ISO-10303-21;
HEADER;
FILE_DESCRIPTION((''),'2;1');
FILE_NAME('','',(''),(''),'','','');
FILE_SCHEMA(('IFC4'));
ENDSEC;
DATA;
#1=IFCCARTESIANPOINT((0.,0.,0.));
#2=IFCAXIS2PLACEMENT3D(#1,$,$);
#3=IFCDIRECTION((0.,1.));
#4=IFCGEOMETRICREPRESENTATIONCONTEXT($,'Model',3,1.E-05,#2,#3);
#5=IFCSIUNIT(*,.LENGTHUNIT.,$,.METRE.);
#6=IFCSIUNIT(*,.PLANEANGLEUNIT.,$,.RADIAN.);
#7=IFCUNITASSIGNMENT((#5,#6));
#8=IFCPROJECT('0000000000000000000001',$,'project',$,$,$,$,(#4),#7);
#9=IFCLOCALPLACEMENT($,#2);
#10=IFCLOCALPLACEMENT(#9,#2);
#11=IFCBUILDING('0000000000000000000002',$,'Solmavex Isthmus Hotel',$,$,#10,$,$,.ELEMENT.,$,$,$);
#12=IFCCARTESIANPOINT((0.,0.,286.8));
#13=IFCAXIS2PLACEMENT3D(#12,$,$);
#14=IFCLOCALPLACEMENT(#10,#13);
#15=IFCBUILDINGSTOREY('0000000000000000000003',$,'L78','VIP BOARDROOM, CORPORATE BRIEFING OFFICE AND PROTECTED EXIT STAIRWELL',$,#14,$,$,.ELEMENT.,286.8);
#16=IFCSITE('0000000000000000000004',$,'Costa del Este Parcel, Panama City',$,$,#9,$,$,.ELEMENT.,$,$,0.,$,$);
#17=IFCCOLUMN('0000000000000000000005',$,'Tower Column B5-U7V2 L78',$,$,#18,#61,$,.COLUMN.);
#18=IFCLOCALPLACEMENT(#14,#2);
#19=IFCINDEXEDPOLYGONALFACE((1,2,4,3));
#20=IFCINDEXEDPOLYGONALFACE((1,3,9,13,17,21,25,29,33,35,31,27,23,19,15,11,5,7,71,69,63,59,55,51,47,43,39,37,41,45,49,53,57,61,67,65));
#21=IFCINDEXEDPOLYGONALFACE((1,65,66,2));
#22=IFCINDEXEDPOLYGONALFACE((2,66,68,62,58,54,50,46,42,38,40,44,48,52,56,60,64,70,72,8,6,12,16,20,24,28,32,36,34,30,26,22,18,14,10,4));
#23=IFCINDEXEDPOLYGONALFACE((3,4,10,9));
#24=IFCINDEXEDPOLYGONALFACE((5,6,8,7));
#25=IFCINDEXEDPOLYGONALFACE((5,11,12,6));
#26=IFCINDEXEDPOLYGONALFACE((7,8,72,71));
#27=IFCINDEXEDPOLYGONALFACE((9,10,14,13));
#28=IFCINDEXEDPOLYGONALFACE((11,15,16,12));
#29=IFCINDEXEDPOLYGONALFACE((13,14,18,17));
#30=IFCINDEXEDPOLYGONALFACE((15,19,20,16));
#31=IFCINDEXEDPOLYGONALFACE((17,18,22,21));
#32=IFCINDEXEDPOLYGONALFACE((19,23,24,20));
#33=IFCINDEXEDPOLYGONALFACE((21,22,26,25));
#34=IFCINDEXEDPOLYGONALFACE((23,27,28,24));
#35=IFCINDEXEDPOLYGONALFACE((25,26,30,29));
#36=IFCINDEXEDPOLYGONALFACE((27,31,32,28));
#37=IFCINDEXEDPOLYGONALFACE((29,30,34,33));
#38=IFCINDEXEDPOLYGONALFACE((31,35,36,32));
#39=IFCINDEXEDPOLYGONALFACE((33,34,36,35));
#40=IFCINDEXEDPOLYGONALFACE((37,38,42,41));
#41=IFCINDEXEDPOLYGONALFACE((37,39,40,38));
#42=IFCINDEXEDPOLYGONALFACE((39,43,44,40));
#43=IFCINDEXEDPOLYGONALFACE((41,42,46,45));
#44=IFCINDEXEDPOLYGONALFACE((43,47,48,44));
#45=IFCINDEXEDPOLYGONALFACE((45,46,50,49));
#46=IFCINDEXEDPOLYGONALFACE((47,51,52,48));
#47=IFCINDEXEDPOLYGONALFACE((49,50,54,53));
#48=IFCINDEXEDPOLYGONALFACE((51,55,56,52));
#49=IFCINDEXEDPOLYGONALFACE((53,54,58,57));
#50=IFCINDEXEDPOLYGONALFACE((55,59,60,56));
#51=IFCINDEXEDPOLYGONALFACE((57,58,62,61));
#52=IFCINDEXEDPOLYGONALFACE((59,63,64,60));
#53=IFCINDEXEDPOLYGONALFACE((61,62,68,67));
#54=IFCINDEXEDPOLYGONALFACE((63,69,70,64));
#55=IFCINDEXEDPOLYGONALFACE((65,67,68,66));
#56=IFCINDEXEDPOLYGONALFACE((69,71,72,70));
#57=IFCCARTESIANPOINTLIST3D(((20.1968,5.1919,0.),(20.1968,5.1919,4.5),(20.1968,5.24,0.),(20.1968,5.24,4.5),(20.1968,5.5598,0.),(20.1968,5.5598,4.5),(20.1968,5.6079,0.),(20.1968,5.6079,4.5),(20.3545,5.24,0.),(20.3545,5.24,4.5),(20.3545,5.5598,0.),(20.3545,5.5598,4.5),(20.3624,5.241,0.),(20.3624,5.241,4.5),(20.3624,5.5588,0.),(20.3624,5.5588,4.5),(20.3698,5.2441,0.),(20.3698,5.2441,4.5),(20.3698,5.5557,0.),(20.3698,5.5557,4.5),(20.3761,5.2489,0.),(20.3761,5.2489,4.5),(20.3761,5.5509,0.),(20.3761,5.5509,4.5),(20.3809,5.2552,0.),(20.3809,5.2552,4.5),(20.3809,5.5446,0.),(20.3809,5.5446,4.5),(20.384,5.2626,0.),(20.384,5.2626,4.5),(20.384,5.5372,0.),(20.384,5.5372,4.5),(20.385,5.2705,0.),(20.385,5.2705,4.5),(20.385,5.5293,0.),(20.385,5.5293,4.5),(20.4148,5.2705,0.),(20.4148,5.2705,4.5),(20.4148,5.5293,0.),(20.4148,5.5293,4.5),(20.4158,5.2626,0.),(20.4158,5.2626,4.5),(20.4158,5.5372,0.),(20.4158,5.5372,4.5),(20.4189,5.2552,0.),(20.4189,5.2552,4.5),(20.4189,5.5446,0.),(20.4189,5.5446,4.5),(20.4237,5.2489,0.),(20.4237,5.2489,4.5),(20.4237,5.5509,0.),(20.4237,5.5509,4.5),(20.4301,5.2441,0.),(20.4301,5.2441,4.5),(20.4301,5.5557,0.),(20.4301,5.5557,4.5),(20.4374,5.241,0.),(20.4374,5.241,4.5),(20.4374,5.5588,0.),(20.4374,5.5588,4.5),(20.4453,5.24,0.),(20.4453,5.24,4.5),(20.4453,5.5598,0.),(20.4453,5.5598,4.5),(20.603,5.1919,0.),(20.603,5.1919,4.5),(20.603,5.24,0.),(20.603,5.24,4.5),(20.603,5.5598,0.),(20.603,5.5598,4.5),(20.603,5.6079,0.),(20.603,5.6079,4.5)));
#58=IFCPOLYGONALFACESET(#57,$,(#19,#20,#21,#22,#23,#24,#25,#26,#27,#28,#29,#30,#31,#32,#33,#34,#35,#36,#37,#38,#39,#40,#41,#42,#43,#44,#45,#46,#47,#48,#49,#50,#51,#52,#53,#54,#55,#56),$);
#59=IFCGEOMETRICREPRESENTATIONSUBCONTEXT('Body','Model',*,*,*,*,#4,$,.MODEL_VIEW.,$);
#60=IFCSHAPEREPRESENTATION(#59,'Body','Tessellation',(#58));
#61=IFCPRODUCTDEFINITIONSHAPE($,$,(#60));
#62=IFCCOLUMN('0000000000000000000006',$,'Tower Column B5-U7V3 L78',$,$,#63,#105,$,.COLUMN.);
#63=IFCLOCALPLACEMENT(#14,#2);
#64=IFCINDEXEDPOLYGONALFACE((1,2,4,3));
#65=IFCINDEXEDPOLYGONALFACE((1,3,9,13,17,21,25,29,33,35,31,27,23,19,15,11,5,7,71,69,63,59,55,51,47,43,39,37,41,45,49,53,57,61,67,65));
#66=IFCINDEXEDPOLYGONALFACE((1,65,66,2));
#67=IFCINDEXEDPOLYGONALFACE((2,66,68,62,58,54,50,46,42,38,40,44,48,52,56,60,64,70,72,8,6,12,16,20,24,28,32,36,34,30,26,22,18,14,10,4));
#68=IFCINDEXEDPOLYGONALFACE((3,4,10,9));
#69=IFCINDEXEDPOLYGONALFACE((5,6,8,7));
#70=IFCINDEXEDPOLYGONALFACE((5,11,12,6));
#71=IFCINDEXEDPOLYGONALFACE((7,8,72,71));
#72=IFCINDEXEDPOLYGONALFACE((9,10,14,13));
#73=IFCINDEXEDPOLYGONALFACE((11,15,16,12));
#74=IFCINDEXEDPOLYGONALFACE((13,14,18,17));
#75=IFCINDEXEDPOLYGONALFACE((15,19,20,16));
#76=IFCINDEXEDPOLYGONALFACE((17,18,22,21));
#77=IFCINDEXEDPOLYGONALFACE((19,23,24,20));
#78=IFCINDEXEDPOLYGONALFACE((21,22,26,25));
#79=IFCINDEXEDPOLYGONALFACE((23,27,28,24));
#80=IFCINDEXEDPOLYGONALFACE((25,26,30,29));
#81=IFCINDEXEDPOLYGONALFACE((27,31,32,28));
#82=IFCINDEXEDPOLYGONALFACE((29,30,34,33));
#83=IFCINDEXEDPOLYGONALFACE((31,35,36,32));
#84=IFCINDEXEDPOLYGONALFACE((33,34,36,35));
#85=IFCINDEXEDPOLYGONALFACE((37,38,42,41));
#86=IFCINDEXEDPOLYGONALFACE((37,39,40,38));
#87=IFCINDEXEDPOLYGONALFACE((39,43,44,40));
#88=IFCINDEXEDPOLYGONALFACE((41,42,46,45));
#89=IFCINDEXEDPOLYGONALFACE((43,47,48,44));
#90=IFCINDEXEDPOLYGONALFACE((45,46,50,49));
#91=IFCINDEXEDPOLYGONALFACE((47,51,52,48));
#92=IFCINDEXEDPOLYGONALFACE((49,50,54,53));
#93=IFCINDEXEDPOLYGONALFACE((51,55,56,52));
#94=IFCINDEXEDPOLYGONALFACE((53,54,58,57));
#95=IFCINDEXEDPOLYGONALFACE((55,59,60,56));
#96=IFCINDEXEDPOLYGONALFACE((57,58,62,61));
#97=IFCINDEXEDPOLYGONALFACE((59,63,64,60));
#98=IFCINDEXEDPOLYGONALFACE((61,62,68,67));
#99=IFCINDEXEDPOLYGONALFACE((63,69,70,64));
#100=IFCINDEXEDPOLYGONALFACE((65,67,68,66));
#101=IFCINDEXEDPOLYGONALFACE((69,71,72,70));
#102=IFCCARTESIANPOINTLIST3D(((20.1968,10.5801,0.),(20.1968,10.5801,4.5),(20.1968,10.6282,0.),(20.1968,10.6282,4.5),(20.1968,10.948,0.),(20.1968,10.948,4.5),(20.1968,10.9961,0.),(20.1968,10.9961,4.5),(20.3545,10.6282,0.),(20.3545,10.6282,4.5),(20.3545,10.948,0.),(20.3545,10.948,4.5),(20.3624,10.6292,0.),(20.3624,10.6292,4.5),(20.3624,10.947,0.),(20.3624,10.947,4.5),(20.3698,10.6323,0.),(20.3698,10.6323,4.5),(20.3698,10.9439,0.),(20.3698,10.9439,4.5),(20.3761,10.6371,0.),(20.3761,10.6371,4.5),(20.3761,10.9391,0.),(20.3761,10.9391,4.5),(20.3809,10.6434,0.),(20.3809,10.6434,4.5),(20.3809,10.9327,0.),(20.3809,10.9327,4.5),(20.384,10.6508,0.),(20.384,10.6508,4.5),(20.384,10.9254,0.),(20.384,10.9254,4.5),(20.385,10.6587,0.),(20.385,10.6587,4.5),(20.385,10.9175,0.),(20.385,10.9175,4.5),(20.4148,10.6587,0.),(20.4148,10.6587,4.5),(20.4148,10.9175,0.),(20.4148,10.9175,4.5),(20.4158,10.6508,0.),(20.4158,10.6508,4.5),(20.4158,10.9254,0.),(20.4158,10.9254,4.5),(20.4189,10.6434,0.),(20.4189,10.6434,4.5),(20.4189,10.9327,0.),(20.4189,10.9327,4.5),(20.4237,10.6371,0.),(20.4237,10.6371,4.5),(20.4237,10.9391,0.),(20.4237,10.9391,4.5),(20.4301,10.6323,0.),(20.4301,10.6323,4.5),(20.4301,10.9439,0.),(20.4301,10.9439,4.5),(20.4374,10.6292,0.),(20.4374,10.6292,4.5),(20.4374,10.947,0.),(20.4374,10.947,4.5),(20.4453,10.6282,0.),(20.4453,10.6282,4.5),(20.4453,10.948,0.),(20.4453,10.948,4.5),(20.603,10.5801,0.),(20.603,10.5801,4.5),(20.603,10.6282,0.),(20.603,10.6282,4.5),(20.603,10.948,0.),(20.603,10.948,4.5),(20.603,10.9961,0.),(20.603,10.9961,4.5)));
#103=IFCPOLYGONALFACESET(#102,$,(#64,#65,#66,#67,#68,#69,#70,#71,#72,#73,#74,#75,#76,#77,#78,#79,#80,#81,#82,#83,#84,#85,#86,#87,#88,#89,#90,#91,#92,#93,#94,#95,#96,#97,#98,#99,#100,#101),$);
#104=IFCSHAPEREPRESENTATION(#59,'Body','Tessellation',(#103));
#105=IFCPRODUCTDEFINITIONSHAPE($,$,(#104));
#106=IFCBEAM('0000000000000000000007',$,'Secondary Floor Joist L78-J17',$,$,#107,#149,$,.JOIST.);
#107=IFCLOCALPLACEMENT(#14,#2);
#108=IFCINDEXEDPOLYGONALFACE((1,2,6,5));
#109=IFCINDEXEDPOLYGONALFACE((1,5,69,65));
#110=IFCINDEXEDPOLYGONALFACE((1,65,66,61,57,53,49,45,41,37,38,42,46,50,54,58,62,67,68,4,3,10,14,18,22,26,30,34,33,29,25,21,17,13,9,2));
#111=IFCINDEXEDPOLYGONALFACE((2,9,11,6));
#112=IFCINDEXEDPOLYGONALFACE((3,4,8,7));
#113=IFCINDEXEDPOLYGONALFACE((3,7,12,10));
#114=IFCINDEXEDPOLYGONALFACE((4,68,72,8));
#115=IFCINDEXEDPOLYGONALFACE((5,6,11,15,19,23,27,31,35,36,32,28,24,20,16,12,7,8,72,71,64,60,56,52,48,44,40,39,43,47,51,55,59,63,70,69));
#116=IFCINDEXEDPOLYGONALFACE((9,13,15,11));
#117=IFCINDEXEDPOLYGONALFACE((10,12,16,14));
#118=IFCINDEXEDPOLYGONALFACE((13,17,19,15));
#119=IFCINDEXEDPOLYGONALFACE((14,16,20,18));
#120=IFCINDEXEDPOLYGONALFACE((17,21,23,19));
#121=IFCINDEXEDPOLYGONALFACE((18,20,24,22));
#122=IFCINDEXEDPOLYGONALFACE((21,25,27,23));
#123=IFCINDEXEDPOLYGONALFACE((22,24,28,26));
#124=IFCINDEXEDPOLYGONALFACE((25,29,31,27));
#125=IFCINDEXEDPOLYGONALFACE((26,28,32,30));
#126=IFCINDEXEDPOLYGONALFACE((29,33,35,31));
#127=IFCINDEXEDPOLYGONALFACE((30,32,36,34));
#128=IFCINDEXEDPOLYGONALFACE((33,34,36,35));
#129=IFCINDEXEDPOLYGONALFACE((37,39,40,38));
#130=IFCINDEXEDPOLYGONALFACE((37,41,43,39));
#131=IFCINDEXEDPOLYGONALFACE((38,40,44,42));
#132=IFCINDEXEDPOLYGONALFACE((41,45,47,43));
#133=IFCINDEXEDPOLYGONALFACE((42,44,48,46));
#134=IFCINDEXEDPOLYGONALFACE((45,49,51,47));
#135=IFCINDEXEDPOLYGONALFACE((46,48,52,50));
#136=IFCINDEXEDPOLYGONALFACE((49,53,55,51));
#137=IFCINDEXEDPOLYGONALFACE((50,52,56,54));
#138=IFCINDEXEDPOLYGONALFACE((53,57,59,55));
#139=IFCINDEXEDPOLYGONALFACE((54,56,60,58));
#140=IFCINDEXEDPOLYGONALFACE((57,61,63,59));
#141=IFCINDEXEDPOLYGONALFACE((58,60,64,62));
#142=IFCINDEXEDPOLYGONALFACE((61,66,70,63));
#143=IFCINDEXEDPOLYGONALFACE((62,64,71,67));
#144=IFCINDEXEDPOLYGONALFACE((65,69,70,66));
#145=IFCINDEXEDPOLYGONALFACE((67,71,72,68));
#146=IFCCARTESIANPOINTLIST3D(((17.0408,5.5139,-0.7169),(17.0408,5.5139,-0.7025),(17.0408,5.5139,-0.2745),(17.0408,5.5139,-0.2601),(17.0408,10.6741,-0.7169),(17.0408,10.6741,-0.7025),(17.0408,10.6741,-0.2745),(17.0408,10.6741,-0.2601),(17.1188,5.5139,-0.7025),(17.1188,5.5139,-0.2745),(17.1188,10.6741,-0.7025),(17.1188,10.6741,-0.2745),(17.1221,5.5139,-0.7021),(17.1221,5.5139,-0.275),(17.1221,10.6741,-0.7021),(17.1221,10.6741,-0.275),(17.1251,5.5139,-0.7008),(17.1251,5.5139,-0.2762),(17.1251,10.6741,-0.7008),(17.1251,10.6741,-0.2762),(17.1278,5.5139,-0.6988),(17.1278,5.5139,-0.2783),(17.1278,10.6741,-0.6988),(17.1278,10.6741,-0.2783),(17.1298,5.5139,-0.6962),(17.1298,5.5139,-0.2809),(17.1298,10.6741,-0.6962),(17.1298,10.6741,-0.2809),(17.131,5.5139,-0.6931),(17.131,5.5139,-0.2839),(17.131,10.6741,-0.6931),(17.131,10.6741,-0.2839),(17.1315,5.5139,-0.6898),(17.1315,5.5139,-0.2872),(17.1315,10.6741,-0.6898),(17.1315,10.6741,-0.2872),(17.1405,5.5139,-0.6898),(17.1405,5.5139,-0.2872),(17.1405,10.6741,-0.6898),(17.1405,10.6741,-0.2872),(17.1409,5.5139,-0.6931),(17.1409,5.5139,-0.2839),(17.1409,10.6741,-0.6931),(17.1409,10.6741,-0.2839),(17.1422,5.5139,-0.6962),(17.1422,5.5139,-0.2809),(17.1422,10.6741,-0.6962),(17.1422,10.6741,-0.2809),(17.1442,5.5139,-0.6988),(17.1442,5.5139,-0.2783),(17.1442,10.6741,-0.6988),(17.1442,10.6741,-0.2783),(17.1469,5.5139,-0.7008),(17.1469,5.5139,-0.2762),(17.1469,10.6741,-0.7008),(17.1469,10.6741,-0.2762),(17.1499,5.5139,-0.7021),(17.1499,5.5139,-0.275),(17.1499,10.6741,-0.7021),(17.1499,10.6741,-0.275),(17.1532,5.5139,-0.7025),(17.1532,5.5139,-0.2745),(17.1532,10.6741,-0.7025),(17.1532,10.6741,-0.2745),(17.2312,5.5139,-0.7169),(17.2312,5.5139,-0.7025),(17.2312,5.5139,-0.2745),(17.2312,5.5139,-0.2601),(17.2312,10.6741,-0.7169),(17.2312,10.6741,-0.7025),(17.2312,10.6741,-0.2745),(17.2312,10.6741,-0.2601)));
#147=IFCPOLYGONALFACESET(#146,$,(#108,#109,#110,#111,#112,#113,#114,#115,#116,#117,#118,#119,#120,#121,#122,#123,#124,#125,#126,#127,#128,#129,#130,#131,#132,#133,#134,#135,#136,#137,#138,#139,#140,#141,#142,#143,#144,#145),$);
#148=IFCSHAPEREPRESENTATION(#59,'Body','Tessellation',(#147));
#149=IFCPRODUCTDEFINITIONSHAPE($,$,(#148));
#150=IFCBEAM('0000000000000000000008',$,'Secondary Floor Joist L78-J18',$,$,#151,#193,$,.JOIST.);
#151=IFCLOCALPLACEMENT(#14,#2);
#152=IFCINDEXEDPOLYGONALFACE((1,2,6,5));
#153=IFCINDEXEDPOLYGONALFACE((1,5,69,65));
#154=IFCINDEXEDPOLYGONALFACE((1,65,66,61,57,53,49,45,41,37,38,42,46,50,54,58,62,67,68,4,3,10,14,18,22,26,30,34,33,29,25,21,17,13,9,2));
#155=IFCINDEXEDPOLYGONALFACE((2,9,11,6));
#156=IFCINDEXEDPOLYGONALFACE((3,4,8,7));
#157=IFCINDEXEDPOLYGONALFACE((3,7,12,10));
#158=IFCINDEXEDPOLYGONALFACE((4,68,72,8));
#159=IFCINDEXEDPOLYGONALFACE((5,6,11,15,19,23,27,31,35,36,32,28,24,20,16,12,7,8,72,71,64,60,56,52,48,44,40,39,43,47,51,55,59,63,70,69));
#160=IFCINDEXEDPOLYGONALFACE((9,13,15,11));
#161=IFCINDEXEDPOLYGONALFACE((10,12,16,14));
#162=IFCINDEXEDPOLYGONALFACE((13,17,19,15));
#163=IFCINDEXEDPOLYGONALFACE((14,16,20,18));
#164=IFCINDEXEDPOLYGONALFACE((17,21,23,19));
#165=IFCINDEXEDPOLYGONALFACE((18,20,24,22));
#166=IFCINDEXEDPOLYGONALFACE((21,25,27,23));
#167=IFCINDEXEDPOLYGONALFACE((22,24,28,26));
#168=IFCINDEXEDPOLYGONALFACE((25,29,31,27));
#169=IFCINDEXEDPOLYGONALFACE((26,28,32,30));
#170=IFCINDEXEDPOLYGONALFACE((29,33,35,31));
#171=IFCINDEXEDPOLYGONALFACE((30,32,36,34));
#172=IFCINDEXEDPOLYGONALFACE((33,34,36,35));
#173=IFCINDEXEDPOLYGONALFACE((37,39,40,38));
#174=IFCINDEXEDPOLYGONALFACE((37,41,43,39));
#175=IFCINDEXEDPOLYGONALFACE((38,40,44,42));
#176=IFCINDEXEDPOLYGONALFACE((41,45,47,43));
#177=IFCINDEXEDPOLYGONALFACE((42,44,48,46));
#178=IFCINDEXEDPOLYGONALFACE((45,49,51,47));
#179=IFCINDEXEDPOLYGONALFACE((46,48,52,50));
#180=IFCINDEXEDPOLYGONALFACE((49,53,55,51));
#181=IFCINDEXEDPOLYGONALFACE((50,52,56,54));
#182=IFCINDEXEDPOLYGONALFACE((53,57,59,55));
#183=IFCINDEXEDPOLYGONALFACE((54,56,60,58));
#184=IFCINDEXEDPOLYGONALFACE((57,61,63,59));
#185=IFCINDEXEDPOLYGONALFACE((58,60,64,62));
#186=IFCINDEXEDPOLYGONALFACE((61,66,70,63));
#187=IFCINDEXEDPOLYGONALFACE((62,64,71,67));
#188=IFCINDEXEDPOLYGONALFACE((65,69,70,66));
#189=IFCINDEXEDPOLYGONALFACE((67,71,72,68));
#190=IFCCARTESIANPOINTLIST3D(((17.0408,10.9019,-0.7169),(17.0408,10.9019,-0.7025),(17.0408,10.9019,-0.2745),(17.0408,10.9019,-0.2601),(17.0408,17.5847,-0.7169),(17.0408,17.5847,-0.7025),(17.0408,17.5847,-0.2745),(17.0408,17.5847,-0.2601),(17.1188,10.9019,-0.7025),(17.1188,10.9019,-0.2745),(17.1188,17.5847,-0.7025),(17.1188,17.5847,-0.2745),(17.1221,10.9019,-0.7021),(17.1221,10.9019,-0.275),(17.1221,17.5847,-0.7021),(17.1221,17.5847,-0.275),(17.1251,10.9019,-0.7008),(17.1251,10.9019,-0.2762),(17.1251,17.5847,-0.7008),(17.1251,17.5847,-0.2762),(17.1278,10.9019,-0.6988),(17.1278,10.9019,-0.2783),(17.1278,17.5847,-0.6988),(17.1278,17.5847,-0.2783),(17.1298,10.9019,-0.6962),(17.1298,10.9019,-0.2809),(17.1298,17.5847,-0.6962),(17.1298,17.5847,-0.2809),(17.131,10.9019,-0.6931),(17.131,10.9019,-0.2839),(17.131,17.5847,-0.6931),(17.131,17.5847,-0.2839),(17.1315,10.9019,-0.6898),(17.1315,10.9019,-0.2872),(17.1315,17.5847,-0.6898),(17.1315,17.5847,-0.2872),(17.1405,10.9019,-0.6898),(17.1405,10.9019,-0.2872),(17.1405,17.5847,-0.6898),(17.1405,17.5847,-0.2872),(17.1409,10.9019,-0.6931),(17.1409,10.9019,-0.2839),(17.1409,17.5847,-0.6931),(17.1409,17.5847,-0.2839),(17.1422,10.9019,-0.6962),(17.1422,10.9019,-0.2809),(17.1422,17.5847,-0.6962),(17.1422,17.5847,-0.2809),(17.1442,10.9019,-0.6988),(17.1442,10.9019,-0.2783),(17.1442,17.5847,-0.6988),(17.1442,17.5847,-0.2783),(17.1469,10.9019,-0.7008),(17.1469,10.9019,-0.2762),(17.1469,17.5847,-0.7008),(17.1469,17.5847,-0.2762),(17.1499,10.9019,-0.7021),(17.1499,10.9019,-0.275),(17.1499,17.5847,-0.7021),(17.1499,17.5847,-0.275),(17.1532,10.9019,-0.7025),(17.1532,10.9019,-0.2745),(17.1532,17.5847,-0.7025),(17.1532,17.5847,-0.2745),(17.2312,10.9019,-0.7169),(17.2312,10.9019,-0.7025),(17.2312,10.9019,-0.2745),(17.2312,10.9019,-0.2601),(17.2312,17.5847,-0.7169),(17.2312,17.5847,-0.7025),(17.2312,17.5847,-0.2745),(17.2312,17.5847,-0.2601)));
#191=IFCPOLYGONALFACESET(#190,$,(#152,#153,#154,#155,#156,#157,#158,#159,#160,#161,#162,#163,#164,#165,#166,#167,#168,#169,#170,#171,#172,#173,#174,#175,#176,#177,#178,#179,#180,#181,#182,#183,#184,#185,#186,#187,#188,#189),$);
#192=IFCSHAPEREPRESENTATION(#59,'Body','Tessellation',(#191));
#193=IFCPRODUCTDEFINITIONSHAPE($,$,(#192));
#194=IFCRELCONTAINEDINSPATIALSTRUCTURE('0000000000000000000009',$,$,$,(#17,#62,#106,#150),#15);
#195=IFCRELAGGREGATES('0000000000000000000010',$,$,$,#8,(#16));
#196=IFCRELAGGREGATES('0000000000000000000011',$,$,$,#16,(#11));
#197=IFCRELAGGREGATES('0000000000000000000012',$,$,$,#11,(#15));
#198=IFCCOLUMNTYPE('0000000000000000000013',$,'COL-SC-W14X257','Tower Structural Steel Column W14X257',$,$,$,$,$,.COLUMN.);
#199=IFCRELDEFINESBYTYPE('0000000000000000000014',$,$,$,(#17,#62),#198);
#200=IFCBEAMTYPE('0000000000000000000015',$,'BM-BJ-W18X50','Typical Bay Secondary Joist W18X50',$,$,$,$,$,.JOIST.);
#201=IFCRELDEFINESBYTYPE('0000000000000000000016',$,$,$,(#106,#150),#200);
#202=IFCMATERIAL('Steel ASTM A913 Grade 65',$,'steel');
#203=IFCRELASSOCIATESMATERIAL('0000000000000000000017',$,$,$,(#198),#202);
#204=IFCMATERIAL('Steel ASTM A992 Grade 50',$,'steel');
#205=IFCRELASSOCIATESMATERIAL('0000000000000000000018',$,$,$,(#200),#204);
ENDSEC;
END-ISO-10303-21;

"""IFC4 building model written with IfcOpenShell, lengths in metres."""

from ifc_helpers import new_model, si_unit, direction, frame, origin, origin_2d, place, context, subcontext, project, spatial, i_section, extrude, material, material_profile, profile_set, type_object, element, save


model = new_model("IFC4")

# Units and contexts
model_context = context("Model", 3, precision=1e-05, world=origin(), true_north=direction((0.0, 1.0)))
body_context = subcontext(model_context, "Body", "Model", "MODEL_VIEW")
ifc_project = project(units=[si_unit("LENGTHUNIT", "METRE"), si_unit("PLANEANGLEUNIT", "RADIAN")], contexts=[model_context])

# Site, building, storey
site_placement = place(None, origin())
site = spatial("IfcSite", under=ifc_project, at=site_placement, Name="Costa del Este Parcel, Panama City", CompositionType="ELEMENT", RefElevation=0.0)
building_placement = place(site_placement, origin())
building = spatial("IfcBuilding", under=site, at=building_placement, Name="Solmavex Isthmus Hotel", CompositionType="ELEMENT")
storey_placement = place(building_placement, frame((0.0, 0.0, 286.8)))
storey = spatial("IfcBuildingStorey", under=building, at=storey_placement, Name="L78", Description="VIP BOARDROOM, CORPORATE BRIEFING OFFICE AND PROTECTED EXIT STAIRWELL", CompositionType="ELEMENT", Elevation=286.8)

# Columns
ifc_material_1 = material(Name="Steel ASTM A913 Grade 65", Category="steel")
ifc_material_profile_1 = material_profile(ifc_material_1, i_section(OverallWidth=0.4062, OverallDepth=0.416, WebThickness=0.0298, FlangeThickness=0.0481, FilletRadius=0.0305, at=origin_2d()), Name="W14X257")
ifc_profile_set_1 = profile_set([ifc_material_profile_1], Name="Steel ASTM A913 Grade 65")
column_type = type_object("IfcColumnType", Name="COL-SC-W14X257", Description="Tower Structural Steel Column W14X257", PredefinedType="COLUMN", material=ifc_profile_set_1)
for number, where, z_axis, x_axis, name in (
    (1, (20.3999, 5.3999, 0.0), (0.0, 0.0, 1.0), (1.0, 0.0, 0.0), "Tower Column B5-U7V2 L78"),
    (2, (20.3999, 10.7881, 0.0), (0.0, 0.0, 1.0), (1.0, 0.0, 0.0), "Tower Column B5-U7V3 L78"),
):
    element("IfcColumn", number, at=place(storey_placement, frame(where, z_axis=z_axis, x_axis=x_axis)), inside=storey, type_object=column_type, Name=name, PredefinedType="COLUMN", context=body_context, shape_type="SweptSolid", body=[
        extrude(i_section(OverallWidth=0.4062, OverallDepth=0.416, WebThickness=0.0298, FlangeThickness=0.0481, FilletRadius=0.0305, at=origin_2d()), origin(), (0.0, 0.0, 1.0), 4.5),
    ])

# Beams
ifc_material_2 = material(Name="Steel ASTM A992 Grade 50", Category="steel")
ifc_material_profile_2 = material_profile(ifc_material_2, i_section(OverallWidth=0.1904, OverallDepth=0.4568, WebThickness=0.009, FlangeThickness=0.0144, FilletRadius=0.0127, at=origin_2d()), Name="W18X50")
ifc_profile_set_2 = profile_set([ifc_material_profile_2], Name="Steel ASTM A992 Grade 50")
beam_type_1 = type_object("IfcBeamType", Name="BM-BJ-W18X50", Description="Typical Bay Secondary Joist W18X50", PredefinedType="JOIST", material=ifc_profile_set_2)
beam_1_placement = place(storey_placement, frame((17.136, 5.5139, -0.4885), z_axis=(0.0, 1.0, 0.0), x_axis=(-1.0, 0.0, 0.0)))
element("IfcBeam", 3, at=beam_1_placement, inside=storey, type_object=beam_type_1, Name="Secondary Floor Joist L78-J17", PredefinedType="JOIST", context=body_context, shape_type="SweptSolid", body=[
    extrude(i_section(OverallWidth=0.1904, OverallDepth=0.4568, WebThickness=0.009, FlangeThickness=0.0144, FilletRadius=0.0127, at=origin_2d()), origin(), (0.0, 0.0, 1.0), 5.1602),
])
beam_2_placement = place(storey_placement, frame((17.136, 10.9019, -0.4885), z_axis=(0.0, 1.0, 0.0), x_axis=(-1.0, 0.0, 0.0)))
element("IfcBeam", 4, at=beam_2_placement, inside=storey, type_object=beam_type_1, Name="Secondary Floor Joist L78-J18", PredefinedType="JOIST", context=body_context, shape_type="SweptSolid", body=[
    extrude(i_section(OverallWidth=0.1904, OverallDepth=0.4568, WebThickness=0.009, FlangeThickness=0.0144, FilletRadius=0.0127, at=origin_2d()), origin(), (0.0, 0.0, 1.0), 6.6829),
])

save(model, "model.ifc")
